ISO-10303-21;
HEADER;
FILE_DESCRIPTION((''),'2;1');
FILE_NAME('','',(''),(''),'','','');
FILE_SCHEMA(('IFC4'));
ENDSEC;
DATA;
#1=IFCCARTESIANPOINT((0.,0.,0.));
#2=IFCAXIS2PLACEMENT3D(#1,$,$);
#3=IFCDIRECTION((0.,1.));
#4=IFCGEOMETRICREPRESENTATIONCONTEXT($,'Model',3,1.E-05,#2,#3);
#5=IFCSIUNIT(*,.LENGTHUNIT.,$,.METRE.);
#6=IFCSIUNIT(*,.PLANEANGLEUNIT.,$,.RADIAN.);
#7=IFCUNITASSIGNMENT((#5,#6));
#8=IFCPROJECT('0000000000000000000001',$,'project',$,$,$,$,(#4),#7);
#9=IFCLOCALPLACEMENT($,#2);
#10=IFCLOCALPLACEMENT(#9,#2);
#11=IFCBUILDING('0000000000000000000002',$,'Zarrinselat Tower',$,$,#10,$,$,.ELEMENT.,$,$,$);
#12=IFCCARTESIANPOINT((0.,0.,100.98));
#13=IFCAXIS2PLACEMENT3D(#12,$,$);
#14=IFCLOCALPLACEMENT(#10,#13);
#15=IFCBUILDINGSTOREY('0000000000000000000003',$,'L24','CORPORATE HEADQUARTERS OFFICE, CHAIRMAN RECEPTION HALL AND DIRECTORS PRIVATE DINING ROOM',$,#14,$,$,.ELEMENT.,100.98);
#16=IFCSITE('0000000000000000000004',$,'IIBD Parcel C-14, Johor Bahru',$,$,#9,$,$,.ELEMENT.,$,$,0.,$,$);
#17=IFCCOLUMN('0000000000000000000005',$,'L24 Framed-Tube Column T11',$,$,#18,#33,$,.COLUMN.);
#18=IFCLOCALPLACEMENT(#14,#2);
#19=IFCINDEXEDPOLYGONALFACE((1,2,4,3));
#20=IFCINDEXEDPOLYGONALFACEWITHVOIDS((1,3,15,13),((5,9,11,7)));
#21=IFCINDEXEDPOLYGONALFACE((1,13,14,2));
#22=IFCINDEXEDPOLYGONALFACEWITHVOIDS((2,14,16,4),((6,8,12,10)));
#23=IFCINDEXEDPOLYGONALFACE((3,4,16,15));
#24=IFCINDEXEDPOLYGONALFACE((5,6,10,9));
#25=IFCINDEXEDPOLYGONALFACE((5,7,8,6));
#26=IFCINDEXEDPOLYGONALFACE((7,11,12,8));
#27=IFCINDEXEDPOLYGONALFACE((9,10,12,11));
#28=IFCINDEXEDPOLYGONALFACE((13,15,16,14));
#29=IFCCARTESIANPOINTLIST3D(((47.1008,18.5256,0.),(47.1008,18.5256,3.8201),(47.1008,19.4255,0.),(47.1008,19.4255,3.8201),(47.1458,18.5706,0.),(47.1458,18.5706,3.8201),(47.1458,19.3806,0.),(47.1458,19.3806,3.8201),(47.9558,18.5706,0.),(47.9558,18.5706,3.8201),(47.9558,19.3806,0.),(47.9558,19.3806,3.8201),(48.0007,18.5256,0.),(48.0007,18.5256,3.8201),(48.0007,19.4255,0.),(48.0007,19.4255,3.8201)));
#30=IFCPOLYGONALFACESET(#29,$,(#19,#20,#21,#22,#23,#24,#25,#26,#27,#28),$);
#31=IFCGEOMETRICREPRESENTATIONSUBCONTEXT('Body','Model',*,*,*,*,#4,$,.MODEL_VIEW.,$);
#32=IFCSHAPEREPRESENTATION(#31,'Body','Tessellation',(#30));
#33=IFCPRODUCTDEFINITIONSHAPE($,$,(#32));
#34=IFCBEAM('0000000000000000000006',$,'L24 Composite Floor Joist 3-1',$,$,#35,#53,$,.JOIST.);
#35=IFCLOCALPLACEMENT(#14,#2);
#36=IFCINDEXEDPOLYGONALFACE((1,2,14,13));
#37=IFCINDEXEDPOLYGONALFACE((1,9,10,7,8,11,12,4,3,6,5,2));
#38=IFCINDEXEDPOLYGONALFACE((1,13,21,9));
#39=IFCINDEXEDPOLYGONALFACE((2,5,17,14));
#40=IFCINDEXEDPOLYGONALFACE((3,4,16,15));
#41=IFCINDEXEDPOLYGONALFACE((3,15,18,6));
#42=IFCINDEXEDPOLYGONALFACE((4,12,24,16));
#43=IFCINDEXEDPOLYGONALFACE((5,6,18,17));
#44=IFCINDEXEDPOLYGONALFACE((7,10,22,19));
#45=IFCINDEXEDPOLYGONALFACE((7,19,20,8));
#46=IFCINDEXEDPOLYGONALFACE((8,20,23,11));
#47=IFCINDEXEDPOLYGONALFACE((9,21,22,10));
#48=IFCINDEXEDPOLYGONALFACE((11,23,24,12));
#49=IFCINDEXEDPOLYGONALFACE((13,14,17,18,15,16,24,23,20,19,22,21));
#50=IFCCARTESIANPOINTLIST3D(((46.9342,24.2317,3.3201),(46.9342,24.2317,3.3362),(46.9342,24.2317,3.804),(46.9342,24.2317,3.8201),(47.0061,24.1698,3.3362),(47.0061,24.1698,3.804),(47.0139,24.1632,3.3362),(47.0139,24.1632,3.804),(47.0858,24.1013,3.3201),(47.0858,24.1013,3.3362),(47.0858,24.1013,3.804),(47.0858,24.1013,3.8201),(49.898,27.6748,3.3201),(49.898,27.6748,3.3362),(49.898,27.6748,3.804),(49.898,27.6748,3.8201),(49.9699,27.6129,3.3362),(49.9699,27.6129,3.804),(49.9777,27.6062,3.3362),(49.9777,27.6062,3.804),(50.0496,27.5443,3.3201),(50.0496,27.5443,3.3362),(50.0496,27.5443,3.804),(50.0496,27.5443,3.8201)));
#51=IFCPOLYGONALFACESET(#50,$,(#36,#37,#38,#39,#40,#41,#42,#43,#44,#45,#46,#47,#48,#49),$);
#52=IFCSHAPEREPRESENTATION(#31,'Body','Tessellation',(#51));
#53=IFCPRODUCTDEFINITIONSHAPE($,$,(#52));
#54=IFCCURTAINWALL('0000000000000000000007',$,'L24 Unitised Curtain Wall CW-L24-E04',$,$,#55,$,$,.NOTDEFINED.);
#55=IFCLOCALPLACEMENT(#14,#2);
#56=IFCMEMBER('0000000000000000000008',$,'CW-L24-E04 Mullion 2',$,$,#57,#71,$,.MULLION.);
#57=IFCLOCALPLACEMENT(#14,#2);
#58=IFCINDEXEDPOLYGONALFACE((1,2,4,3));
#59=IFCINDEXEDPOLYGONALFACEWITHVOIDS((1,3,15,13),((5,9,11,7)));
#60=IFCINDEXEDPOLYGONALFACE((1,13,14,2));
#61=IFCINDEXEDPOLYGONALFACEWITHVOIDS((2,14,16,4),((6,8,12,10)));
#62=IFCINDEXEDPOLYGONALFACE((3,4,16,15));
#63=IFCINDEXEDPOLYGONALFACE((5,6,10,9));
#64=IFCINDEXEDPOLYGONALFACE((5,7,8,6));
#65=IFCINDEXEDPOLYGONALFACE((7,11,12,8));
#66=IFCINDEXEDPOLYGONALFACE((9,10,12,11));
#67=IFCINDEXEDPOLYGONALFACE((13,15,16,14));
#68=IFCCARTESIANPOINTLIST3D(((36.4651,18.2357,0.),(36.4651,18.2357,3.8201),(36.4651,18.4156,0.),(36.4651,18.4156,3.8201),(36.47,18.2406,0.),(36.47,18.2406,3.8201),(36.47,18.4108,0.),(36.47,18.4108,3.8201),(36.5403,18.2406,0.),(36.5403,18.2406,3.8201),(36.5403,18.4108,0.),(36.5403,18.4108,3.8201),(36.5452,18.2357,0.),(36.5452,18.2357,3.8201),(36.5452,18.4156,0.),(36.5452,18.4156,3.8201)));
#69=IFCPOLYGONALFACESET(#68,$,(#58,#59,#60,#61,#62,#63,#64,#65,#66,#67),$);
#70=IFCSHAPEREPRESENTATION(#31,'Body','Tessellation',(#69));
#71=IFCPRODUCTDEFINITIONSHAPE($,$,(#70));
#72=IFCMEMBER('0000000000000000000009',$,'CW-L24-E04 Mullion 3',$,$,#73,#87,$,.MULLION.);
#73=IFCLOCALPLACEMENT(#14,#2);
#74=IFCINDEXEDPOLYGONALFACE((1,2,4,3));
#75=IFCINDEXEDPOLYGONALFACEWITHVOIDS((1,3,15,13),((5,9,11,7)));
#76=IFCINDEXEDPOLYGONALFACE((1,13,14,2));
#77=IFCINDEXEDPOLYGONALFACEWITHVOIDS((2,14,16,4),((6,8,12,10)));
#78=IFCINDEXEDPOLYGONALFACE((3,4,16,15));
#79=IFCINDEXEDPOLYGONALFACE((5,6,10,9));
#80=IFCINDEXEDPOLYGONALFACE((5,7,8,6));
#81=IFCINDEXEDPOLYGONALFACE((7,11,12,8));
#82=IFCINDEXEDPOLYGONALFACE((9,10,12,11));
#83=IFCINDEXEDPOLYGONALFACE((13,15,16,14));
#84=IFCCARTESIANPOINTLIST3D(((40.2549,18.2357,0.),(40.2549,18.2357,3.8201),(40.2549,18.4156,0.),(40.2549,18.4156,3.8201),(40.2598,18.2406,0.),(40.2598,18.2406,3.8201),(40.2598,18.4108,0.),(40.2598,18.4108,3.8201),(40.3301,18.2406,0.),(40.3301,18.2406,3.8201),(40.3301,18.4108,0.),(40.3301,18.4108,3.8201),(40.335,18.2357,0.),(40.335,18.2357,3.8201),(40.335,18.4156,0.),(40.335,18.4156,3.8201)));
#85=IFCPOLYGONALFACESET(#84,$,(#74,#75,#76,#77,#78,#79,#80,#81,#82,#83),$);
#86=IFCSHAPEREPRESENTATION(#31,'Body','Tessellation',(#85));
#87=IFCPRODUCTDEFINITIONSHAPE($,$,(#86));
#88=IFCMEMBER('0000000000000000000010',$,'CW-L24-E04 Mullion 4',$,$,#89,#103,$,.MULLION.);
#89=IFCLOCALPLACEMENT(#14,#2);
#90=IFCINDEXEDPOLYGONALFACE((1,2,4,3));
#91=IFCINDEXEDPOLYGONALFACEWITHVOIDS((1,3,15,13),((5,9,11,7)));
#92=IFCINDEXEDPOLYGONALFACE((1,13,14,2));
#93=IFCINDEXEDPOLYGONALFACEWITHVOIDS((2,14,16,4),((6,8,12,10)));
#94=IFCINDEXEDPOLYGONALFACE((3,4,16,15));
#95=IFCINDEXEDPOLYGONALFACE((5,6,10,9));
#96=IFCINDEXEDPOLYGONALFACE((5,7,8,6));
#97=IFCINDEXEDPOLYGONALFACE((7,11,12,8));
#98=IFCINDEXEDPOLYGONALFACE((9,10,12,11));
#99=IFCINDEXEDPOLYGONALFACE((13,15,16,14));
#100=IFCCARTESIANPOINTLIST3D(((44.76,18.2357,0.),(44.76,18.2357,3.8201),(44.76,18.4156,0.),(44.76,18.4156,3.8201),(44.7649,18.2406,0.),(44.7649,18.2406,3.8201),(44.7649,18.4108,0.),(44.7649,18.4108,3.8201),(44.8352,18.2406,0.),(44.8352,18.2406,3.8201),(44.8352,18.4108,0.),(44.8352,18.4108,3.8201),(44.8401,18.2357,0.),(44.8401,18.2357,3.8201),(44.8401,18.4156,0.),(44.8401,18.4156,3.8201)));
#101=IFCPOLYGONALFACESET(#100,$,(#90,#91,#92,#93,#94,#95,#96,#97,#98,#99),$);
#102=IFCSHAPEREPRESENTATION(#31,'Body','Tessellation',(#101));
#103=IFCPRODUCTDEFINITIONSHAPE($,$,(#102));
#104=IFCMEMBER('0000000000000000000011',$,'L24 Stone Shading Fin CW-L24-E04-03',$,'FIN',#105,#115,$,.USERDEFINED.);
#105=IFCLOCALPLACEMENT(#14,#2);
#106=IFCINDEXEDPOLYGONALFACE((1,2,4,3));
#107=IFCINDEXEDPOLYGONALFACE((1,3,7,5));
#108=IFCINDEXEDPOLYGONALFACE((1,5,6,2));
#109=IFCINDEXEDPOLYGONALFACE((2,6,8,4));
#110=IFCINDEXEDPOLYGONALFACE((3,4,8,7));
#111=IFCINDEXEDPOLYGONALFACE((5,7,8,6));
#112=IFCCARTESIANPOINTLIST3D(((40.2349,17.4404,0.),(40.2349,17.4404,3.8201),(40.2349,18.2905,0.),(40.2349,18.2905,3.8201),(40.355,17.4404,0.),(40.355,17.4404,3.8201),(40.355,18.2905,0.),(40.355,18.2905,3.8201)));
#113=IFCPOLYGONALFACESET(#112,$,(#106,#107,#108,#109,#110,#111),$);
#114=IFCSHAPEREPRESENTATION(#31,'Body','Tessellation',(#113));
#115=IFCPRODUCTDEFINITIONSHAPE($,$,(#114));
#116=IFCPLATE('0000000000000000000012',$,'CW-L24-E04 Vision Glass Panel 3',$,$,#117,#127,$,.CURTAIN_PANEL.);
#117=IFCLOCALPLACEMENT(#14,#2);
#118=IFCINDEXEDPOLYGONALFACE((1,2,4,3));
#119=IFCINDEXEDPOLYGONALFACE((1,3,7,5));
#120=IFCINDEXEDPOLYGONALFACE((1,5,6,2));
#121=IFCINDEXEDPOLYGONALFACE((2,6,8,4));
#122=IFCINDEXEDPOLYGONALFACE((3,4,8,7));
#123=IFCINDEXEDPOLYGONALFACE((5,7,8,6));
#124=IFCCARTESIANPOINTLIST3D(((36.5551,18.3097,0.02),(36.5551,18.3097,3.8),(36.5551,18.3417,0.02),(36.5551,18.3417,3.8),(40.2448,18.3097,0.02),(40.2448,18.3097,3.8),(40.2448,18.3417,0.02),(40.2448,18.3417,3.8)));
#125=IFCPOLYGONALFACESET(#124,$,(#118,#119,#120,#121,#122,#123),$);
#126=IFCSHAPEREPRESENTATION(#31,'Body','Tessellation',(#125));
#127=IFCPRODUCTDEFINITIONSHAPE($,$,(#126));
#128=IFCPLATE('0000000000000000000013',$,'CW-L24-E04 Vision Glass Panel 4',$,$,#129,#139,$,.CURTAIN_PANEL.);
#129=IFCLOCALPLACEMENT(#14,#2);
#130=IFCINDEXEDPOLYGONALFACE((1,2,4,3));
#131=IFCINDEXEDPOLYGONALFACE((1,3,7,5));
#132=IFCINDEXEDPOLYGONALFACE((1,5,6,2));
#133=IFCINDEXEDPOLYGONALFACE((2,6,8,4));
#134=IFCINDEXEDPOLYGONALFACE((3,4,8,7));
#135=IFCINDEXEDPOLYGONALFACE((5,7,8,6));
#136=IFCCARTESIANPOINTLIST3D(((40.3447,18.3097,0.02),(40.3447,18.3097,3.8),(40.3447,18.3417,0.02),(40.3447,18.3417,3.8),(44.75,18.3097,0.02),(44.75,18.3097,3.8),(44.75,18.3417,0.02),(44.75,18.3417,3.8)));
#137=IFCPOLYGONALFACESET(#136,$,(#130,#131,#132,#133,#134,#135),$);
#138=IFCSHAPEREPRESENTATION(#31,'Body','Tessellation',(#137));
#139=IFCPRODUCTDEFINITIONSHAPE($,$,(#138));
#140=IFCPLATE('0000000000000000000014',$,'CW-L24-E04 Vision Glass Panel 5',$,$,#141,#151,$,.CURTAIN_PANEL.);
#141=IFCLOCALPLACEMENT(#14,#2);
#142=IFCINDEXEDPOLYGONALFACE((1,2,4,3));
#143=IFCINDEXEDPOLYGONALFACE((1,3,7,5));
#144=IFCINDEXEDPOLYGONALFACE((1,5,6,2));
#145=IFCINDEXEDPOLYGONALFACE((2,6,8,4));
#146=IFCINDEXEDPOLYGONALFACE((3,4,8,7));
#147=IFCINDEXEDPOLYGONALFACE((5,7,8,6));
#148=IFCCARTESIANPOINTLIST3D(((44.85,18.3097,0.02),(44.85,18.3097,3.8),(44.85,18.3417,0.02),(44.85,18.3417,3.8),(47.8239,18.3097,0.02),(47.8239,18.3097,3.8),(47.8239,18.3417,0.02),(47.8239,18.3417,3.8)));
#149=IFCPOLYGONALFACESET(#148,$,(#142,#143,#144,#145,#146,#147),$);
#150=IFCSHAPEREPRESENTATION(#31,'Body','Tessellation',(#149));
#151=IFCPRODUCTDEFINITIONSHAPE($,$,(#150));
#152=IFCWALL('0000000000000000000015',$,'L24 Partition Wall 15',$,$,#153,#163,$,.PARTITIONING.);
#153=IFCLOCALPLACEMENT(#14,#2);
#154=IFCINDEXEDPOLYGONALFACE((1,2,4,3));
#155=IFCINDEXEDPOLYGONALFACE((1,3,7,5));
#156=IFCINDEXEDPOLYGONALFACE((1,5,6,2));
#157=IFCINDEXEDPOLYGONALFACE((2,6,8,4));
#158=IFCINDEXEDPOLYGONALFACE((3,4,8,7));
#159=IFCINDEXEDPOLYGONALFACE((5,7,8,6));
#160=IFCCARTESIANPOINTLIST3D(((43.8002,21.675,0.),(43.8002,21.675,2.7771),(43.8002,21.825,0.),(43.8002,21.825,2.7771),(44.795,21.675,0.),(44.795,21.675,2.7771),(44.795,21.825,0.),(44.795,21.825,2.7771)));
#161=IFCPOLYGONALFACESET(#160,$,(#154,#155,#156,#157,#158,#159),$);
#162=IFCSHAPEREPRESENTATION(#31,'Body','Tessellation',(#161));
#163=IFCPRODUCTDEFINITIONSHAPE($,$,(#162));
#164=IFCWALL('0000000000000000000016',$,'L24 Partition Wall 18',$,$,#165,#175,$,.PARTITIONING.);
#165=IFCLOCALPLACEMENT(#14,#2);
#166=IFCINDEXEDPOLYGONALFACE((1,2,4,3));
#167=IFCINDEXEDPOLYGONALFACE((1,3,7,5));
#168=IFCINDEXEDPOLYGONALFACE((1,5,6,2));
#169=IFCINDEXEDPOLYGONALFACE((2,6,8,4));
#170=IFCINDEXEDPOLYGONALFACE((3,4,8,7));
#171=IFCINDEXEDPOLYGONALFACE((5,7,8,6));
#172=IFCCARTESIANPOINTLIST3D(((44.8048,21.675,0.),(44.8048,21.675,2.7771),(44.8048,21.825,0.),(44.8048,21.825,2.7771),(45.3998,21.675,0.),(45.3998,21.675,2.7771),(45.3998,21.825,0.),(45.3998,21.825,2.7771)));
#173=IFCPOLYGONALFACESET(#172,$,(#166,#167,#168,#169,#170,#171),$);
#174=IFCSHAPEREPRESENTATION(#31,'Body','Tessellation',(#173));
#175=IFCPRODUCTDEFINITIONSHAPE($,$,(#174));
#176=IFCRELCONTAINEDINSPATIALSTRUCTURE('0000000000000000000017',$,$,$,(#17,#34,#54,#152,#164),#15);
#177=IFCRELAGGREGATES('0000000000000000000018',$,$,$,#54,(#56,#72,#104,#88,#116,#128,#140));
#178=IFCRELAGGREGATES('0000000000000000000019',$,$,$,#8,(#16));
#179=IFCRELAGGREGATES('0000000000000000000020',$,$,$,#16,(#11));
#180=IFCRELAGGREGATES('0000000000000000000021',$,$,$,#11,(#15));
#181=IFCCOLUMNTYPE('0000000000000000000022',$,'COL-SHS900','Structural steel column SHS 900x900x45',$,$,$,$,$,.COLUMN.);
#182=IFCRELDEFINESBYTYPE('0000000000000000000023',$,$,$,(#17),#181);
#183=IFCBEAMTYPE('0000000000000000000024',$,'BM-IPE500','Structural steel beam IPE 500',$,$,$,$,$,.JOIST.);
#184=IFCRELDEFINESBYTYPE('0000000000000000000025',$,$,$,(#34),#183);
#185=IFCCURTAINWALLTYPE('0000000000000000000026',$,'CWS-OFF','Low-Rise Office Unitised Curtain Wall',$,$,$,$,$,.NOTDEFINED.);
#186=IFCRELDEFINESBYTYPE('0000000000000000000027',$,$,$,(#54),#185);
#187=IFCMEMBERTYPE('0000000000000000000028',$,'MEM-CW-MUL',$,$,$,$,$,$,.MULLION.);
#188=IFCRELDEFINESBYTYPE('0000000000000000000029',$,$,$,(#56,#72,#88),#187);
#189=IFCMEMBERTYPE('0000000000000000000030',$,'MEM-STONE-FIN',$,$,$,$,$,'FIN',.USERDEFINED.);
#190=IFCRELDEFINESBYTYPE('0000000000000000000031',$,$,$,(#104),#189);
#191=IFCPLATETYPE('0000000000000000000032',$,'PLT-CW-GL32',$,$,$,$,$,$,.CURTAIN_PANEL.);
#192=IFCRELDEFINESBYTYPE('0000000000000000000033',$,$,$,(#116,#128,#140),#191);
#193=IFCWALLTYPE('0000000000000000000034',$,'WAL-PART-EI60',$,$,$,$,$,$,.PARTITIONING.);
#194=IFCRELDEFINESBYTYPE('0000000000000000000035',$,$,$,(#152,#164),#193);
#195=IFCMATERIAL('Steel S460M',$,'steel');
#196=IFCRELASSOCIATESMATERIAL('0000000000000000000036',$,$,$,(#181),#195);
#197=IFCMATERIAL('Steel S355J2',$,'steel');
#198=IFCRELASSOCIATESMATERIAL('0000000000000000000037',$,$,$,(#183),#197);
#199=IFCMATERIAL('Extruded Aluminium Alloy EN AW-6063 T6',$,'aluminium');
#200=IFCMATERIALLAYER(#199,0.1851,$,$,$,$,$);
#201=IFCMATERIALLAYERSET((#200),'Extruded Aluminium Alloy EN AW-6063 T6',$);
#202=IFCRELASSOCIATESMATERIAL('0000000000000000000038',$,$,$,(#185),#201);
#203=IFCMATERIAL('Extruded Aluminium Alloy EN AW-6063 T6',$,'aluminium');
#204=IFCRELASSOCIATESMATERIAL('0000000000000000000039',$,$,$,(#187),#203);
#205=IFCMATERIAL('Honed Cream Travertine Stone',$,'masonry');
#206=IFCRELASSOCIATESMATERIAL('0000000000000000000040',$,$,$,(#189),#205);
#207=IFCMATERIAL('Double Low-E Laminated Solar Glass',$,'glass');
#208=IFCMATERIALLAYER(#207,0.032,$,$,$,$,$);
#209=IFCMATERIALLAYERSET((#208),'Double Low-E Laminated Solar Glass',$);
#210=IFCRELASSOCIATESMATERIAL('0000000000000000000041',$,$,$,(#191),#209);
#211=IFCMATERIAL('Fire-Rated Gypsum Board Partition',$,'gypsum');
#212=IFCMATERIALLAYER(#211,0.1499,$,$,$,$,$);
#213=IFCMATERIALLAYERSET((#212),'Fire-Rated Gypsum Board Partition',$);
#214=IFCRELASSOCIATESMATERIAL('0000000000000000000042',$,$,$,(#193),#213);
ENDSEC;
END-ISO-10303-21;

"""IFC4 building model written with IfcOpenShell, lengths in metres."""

from ifc_helpers import new_model, si_unit, direction, frame, frame_2d, origin, origin_2d, place, context, subcontext, project, spatial, rectangle, hollow_rectangle, i_section, extrude, material, layer, layer_set, material_profile, profile_set, type_object, element, aggregate, save


model = new_model("IFC4")

# Units and contexts
model_context = context("Model", 3, precision=1e-05, world=origin(), true_north=direction((0.0, 1.0)))
body_context = subcontext(model_context, "Body", "Model", "MODEL_VIEW")
ifc_project = project(units=[si_unit("LENGTHUNIT", "METRE"), si_unit("PLANEANGLEUNIT", "RADIAN")], contexts=[model_context])

# Site, building, storey
site_placement = place(None, origin())
site = spatial("IfcSite", under=ifc_project, at=site_placement, Name="IIBD Parcel C-14, Johor Bahru", CompositionType="ELEMENT", RefElevation=0.0)
building_placement = place(site_placement, origin())
building = spatial("IfcBuilding", under=site, at=building_placement, Name="Zarrinselat Tower", CompositionType="ELEMENT")
storey_placement = place(building_placement, frame((0.0, 0.0, 100.98)))
storey = spatial("IfcBuildingStorey", under=building, at=storey_placement, Name="L24", Description="CORPORATE HEADQUARTERS OFFICE, CHAIRMAN RECEPTION HALL AND DIRECTORS PRIVATE DINING ROOM", CompositionType="ELEMENT", Elevation=100.98)

# Column
ifc_material_1 = material(Name="Steel S460M", Category="steel")
ifc_material_profile_1 = material_profile(ifc_material_1, hollow_rectangle(XDim=0.8999, YDim=0.8999, WallThickness=0.0449, at=origin_2d()), Name="SHS 900x900x45")
ifc_profile_set_1 = profile_set([ifc_material_profile_1], Name="Steel S460M")
column_type = type_object("IfcColumnType", Name="COL-SHS900", Description="Structural steel column SHS 900x900x45", PredefinedType="COLUMN", material=ifc_profile_set_1)
column_placement = place(storey_placement, frame((47.5508, 18.9756, 0.0), z_axis=(0.0, 0.0, 1.0), x_axis=(1.0, 0.0, 0.0)))
element("IfcColumn", 1, at=column_placement, inside=storey, type_object=column_type, Name="L24 Framed-Tube Column T11", PredefinedType="COLUMN", context=body_context, shape_type="SweptSolid", body=[
    extrude(hollow_rectangle(XDim=0.8999, YDim=0.8999, WallThickness=0.0449, at=origin_2d()), origin(), (0.0, 0.0, 1.0), 3.8201),
])

# Beam
ifc_material_2 = material(Name="Steel S355J2", Category="steel")
ifc_material_profile_2 = material_profile(ifc_material_2, i_section(OverallWidth=0.2, OverallDepth=0.5, WebThickness=0.0103, FlangeThickness=0.0161, at=origin_2d()), Name="IPE 500")
ifc_profile_set_2 = profile_set([ifc_material_profile_2], Name="Steel S355J2")
beam_type = type_object("IfcBeamType", Name="BM-IPE500", Description="Structural steel beam IPE 500", PredefinedType="JOIST", material=ifc_profile_set_2)
beam_placement = place(storey_placement, frame((47.01, 24.1665, 3.5701), z_axis=(0.652392, 0.757882, 0.0), x_axis=(-0.757882, 0.652392, 0.0)))
element("IfcBeam", 2, at=beam_placement, inside=storey, type_object=beam_type, Name="L24 Composite Floor Joist 3-1", PredefinedType="JOIST", context=body_context, shape_type="SweptSolid", body=[
    extrude(i_section(OverallWidth=0.2, OverallDepth=0.5, WebThickness=0.0103, FlangeThickness=0.0161, at=origin_2d()), origin(), (0.0, 0.0, 1.0), 4.543),
])

# Curtain wall, members, plates
ifc_material_3 = material(Name="Extruded Aluminium Alloy EN AW-6063 T6", Category="aluminium")
ifc_layer_1 = layer(ifc_material_3, 0.1851)
ifc_layer_set_1 = layer_set([ifc_layer_1], Name="Extruded Aluminium Alloy EN AW-6063 T6")
curtain_wall_type = type_object("IfcCurtainWallType", Name="CWS-OFF", Description="Low-Rise Office Unitised Curtain Wall", PredefinedType="NOTDEFINED", material=ifc_layer_set_1)
curtain_wall_placement = place(storey_placement, origin())
curtain_wall = element("IfcCurtainWall", 3, at=curtain_wall_placement, inside=storey, type_object=curtain_wall_type, Name="L24 Unitised Curtain Wall CW-L24-E04", PredefinedType="NOTDEFINED")
ifc_material_4 = material(Name="Extruded Aluminium Alloy EN AW-6063 T6", Category="aluminium")
ifc_material_profile_3 = material_profile(ifc_material_4, hollow_rectangle(XDim=0.0801, YDim=0.1799, WallThickness=0.0049, at=origin_2d()), Name="RHS 180x80x5")
ifc_profile_set_3 = profile_set([ifc_material_profile_3], Name="Extruded Aluminium Alloy EN AW-6063 T6")
member_type_1 = type_object("IfcMemberType", Name="MEM-CW-MUL", PredefinedType="MULLION", material=ifc_profile_set_3)
member_1_placement = place(storey_placement, frame((36.5051, 18.3257, 0.0), z_axis=(0.0, 0.0, 1.0), x_axis=(1.0, 0.0, 0.0)))
member_1 = element("IfcMember", 4, at=member_1_placement, type_object=member_type_1, Name="CW-L24-E04 Mullion 2", PredefinedType="MULLION", context=body_context, shape_type="SweptSolid", body=[
    extrude(hollow_rectangle(XDim=0.0801, YDim=0.1799, WallThickness=0.0049, at=origin_2d()), origin(), (0.0, 0.0, 1.0), 3.8201),
])
member_2_placement = place(storey_placement, frame((40.2949, 18.3257, 0.0), z_axis=(0.0, 0.0, 1.0), x_axis=(1.0, 0.0, 0.0)))
member_2 = element("IfcMember", 5, at=member_2_placement, type_object=member_type_1, Name="CW-L24-E04 Mullion 3", PredefinedType="MULLION", context=body_context, shape_type="SweptSolid", body=[
    extrude(hollow_rectangle(XDim=0.0801, YDim=0.1799, WallThickness=0.0049, at=origin_2d()), origin(), (0.0, 0.0, 1.0), 3.8201),
])
member_3_placement = place(storey_placement, frame((44.8, 18.3257, 0.0), z_axis=(0.0, 0.0, 1.0), x_axis=(1.0, 0.0, 0.0)))
member_3 = element("IfcMember", 6, at=member_3_placement, type_object=member_type_1, Name="CW-L24-E04 Mullion 4", PredefinedType="MULLION", context=body_context, shape_type="SweptSolid", body=[
    extrude(hollow_rectangle(XDim=0.0801, YDim=0.1799, WallThickness=0.0049, at=origin_2d()), origin(), (0.0, 0.0, 1.0), 3.8201),
])
ifc_material_5 = material(Name="Honed Cream Travertine Stone", Category="masonry")
ifc_material_profile_4 = material_profile(ifc_material_5, rectangle(XDim=0.1201, YDim=0.8501, at=origin_2d()), Name="FIN 850x120")
ifc_profile_set_4 = profile_set([ifc_material_profile_4], Name="Honed Cream Travertine Stone")
member_type_2 = type_object("IfcMemberType", Name="MEM-STONE-FIN", ElementType="FIN", PredefinedType="USERDEFINED", material=ifc_profile_set_4)
member_4_placement = place(storey_placement, frame((40.2949, 17.8655, 0.0), z_axis=(0.0, 0.0, 1.0), x_axis=(-1.0, 0.0, 0.0)))
member_4 = element("IfcMember", 7, at=member_4_placement, type_object=member_type_2, Name="L24 Stone Shading Fin CW-L24-E04-03", ObjectType="FIN", PredefinedType="USERDEFINED", context=body_context, shape_type="SweptSolid", body=[
    extrude(rectangle(XDim=0.1201, YDim=0.8501, at=origin_2d()), origin(), (0.0, 0.0, 1.0), 3.8201),
])
ifc_material_6 = material(Name="Double Low-E Laminated Solar Glass", Category="glass")
ifc_layer_2 = layer(ifc_material_6, 0.032)
ifc_layer_set_2 = layer_set([ifc_layer_2], Name="Double Low-E Laminated Solar Glass")
plate_type = type_object("IfcPlateType", Name="PLT-CW-GL32", PredefinedType="CURTAIN_PANEL", material=ifc_layer_set_2)
plate_1_placement = place(storey_placement, frame((38.3999, 18.3257, 0.02), z_axis=(0.0, 0.0, 1.0), x_axis=(1.0, 0.0, 0.0)))
plate_1 = element("IfcPlate", 8, at=plate_1_placement, type_object=plate_type, Name="CW-L24-E04 Vision Glass Panel 3", PredefinedType="CURTAIN_PANEL", context=body_context, shape_type="SweptSolid", body=[
    extrude(rectangle(XDim=3.6897, YDim=0.032, at=origin_2d()), origin(), (0.0, 0.0, 1.0), 3.78),
])
plate_2_placement = place(storey_placement, frame((42.5474, 18.3257, 0.02), z_axis=(0.0, 0.0, 1.0), x_axis=(1.0, 0.0, 0.0)))
plate_2 = element("IfcPlate", 9, at=plate_2_placement, type_object=plate_type, Name="CW-L24-E04 Vision Glass Panel 4", PredefinedType="CURTAIN_PANEL", context=body_context, shape_type="SweptSolid", body=[
    extrude(rectangle(XDim=4.4053, YDim=0.032, at=origin_2d()), origin(), (0.0, 0.0, 1.0), 3.78),
])
plate_3_placement = place(storey_placement, frame((46.3369, 18.3257, 0.02), z_axis=(0.0, 0.0, 1.0), x_axis=(1.0, 0.0, 0.0)))
plate_3 = element("IfcPlate", 10, at=plate_3_placement, type_object=plate_type, Name="CW-L24-E04 Vision Glass Panel 5", PredefinedType="CURTAIN_PANEL", context=body_context, shape_type="SweptSolid", body=[
    extrude(rectangle(XDim=2.9739, YDim=0.032, at=origin_2d()), origin(), (0.0, 0.0, 1.0), 3.78),
])
aggregate(curtain_wall, [member_1, member_2, member_4, member_3, plate_1, plate_2, plate_3])

# Walls
ifc_material_7 = material(Name="Fire-Rated Gypsum Board Partition", Category="gypsum")
ifc_layer_3 = layer(ifc_material_7, 0.1499)
ifc_layer_set_3 = layer_set([ifc_layer_3], Name="Fire-Rated Gypsum Board Partition")
wall_type_1 = type_object("IfcWallType", Name="WAL-PART-EI60", PredefinedType="PARTITIONING", material=ifc_layer_set_3)
wall_1_placement = place(storey_placement, frame((43.8, 21.75, 0.0), z_axis=(0.0, 0.0, 1.0), x_axis=(1.0, 0.0, 0.0)))
element("IfcWall", 11, at=wall_1_placement, inside=storey, type_object=wall_type_1, Name="L24 Partition Wall 15", PredefinedType="PARTITIONING", context=body_context, shape_type="SweptSolid", body=[
    extrude(rectangle(XDim=0.9949, YDim=0.1499, at=frame_2d((0.4976, 0.0))), origin(), (0.0, 0.0, 1.0), 2.7771),
])
wall_2_placement = place(storey_placement, frame((44.8049, 21.75, 0.0), z_axis=(0.0, 0.0, 1.0), x_axis=(1.0, 0.0, 0.0)))
element("IfcWall", 12, at=wall_2_placement, inside=storey, type_object=wall_type_1, Name="L24 Partition Wall 18", PredefinedType="PARTITIONING", context=body_context, shape_type="SweptSolid", body=[
    extrude(rectangle(XDim=0.595, YDim=0.1499, at=frame_2d((0.2974, 0.0))), origin(), (0.0, 0.0, 1.0), 2.7771),
])

save(model, "model.ifc")
